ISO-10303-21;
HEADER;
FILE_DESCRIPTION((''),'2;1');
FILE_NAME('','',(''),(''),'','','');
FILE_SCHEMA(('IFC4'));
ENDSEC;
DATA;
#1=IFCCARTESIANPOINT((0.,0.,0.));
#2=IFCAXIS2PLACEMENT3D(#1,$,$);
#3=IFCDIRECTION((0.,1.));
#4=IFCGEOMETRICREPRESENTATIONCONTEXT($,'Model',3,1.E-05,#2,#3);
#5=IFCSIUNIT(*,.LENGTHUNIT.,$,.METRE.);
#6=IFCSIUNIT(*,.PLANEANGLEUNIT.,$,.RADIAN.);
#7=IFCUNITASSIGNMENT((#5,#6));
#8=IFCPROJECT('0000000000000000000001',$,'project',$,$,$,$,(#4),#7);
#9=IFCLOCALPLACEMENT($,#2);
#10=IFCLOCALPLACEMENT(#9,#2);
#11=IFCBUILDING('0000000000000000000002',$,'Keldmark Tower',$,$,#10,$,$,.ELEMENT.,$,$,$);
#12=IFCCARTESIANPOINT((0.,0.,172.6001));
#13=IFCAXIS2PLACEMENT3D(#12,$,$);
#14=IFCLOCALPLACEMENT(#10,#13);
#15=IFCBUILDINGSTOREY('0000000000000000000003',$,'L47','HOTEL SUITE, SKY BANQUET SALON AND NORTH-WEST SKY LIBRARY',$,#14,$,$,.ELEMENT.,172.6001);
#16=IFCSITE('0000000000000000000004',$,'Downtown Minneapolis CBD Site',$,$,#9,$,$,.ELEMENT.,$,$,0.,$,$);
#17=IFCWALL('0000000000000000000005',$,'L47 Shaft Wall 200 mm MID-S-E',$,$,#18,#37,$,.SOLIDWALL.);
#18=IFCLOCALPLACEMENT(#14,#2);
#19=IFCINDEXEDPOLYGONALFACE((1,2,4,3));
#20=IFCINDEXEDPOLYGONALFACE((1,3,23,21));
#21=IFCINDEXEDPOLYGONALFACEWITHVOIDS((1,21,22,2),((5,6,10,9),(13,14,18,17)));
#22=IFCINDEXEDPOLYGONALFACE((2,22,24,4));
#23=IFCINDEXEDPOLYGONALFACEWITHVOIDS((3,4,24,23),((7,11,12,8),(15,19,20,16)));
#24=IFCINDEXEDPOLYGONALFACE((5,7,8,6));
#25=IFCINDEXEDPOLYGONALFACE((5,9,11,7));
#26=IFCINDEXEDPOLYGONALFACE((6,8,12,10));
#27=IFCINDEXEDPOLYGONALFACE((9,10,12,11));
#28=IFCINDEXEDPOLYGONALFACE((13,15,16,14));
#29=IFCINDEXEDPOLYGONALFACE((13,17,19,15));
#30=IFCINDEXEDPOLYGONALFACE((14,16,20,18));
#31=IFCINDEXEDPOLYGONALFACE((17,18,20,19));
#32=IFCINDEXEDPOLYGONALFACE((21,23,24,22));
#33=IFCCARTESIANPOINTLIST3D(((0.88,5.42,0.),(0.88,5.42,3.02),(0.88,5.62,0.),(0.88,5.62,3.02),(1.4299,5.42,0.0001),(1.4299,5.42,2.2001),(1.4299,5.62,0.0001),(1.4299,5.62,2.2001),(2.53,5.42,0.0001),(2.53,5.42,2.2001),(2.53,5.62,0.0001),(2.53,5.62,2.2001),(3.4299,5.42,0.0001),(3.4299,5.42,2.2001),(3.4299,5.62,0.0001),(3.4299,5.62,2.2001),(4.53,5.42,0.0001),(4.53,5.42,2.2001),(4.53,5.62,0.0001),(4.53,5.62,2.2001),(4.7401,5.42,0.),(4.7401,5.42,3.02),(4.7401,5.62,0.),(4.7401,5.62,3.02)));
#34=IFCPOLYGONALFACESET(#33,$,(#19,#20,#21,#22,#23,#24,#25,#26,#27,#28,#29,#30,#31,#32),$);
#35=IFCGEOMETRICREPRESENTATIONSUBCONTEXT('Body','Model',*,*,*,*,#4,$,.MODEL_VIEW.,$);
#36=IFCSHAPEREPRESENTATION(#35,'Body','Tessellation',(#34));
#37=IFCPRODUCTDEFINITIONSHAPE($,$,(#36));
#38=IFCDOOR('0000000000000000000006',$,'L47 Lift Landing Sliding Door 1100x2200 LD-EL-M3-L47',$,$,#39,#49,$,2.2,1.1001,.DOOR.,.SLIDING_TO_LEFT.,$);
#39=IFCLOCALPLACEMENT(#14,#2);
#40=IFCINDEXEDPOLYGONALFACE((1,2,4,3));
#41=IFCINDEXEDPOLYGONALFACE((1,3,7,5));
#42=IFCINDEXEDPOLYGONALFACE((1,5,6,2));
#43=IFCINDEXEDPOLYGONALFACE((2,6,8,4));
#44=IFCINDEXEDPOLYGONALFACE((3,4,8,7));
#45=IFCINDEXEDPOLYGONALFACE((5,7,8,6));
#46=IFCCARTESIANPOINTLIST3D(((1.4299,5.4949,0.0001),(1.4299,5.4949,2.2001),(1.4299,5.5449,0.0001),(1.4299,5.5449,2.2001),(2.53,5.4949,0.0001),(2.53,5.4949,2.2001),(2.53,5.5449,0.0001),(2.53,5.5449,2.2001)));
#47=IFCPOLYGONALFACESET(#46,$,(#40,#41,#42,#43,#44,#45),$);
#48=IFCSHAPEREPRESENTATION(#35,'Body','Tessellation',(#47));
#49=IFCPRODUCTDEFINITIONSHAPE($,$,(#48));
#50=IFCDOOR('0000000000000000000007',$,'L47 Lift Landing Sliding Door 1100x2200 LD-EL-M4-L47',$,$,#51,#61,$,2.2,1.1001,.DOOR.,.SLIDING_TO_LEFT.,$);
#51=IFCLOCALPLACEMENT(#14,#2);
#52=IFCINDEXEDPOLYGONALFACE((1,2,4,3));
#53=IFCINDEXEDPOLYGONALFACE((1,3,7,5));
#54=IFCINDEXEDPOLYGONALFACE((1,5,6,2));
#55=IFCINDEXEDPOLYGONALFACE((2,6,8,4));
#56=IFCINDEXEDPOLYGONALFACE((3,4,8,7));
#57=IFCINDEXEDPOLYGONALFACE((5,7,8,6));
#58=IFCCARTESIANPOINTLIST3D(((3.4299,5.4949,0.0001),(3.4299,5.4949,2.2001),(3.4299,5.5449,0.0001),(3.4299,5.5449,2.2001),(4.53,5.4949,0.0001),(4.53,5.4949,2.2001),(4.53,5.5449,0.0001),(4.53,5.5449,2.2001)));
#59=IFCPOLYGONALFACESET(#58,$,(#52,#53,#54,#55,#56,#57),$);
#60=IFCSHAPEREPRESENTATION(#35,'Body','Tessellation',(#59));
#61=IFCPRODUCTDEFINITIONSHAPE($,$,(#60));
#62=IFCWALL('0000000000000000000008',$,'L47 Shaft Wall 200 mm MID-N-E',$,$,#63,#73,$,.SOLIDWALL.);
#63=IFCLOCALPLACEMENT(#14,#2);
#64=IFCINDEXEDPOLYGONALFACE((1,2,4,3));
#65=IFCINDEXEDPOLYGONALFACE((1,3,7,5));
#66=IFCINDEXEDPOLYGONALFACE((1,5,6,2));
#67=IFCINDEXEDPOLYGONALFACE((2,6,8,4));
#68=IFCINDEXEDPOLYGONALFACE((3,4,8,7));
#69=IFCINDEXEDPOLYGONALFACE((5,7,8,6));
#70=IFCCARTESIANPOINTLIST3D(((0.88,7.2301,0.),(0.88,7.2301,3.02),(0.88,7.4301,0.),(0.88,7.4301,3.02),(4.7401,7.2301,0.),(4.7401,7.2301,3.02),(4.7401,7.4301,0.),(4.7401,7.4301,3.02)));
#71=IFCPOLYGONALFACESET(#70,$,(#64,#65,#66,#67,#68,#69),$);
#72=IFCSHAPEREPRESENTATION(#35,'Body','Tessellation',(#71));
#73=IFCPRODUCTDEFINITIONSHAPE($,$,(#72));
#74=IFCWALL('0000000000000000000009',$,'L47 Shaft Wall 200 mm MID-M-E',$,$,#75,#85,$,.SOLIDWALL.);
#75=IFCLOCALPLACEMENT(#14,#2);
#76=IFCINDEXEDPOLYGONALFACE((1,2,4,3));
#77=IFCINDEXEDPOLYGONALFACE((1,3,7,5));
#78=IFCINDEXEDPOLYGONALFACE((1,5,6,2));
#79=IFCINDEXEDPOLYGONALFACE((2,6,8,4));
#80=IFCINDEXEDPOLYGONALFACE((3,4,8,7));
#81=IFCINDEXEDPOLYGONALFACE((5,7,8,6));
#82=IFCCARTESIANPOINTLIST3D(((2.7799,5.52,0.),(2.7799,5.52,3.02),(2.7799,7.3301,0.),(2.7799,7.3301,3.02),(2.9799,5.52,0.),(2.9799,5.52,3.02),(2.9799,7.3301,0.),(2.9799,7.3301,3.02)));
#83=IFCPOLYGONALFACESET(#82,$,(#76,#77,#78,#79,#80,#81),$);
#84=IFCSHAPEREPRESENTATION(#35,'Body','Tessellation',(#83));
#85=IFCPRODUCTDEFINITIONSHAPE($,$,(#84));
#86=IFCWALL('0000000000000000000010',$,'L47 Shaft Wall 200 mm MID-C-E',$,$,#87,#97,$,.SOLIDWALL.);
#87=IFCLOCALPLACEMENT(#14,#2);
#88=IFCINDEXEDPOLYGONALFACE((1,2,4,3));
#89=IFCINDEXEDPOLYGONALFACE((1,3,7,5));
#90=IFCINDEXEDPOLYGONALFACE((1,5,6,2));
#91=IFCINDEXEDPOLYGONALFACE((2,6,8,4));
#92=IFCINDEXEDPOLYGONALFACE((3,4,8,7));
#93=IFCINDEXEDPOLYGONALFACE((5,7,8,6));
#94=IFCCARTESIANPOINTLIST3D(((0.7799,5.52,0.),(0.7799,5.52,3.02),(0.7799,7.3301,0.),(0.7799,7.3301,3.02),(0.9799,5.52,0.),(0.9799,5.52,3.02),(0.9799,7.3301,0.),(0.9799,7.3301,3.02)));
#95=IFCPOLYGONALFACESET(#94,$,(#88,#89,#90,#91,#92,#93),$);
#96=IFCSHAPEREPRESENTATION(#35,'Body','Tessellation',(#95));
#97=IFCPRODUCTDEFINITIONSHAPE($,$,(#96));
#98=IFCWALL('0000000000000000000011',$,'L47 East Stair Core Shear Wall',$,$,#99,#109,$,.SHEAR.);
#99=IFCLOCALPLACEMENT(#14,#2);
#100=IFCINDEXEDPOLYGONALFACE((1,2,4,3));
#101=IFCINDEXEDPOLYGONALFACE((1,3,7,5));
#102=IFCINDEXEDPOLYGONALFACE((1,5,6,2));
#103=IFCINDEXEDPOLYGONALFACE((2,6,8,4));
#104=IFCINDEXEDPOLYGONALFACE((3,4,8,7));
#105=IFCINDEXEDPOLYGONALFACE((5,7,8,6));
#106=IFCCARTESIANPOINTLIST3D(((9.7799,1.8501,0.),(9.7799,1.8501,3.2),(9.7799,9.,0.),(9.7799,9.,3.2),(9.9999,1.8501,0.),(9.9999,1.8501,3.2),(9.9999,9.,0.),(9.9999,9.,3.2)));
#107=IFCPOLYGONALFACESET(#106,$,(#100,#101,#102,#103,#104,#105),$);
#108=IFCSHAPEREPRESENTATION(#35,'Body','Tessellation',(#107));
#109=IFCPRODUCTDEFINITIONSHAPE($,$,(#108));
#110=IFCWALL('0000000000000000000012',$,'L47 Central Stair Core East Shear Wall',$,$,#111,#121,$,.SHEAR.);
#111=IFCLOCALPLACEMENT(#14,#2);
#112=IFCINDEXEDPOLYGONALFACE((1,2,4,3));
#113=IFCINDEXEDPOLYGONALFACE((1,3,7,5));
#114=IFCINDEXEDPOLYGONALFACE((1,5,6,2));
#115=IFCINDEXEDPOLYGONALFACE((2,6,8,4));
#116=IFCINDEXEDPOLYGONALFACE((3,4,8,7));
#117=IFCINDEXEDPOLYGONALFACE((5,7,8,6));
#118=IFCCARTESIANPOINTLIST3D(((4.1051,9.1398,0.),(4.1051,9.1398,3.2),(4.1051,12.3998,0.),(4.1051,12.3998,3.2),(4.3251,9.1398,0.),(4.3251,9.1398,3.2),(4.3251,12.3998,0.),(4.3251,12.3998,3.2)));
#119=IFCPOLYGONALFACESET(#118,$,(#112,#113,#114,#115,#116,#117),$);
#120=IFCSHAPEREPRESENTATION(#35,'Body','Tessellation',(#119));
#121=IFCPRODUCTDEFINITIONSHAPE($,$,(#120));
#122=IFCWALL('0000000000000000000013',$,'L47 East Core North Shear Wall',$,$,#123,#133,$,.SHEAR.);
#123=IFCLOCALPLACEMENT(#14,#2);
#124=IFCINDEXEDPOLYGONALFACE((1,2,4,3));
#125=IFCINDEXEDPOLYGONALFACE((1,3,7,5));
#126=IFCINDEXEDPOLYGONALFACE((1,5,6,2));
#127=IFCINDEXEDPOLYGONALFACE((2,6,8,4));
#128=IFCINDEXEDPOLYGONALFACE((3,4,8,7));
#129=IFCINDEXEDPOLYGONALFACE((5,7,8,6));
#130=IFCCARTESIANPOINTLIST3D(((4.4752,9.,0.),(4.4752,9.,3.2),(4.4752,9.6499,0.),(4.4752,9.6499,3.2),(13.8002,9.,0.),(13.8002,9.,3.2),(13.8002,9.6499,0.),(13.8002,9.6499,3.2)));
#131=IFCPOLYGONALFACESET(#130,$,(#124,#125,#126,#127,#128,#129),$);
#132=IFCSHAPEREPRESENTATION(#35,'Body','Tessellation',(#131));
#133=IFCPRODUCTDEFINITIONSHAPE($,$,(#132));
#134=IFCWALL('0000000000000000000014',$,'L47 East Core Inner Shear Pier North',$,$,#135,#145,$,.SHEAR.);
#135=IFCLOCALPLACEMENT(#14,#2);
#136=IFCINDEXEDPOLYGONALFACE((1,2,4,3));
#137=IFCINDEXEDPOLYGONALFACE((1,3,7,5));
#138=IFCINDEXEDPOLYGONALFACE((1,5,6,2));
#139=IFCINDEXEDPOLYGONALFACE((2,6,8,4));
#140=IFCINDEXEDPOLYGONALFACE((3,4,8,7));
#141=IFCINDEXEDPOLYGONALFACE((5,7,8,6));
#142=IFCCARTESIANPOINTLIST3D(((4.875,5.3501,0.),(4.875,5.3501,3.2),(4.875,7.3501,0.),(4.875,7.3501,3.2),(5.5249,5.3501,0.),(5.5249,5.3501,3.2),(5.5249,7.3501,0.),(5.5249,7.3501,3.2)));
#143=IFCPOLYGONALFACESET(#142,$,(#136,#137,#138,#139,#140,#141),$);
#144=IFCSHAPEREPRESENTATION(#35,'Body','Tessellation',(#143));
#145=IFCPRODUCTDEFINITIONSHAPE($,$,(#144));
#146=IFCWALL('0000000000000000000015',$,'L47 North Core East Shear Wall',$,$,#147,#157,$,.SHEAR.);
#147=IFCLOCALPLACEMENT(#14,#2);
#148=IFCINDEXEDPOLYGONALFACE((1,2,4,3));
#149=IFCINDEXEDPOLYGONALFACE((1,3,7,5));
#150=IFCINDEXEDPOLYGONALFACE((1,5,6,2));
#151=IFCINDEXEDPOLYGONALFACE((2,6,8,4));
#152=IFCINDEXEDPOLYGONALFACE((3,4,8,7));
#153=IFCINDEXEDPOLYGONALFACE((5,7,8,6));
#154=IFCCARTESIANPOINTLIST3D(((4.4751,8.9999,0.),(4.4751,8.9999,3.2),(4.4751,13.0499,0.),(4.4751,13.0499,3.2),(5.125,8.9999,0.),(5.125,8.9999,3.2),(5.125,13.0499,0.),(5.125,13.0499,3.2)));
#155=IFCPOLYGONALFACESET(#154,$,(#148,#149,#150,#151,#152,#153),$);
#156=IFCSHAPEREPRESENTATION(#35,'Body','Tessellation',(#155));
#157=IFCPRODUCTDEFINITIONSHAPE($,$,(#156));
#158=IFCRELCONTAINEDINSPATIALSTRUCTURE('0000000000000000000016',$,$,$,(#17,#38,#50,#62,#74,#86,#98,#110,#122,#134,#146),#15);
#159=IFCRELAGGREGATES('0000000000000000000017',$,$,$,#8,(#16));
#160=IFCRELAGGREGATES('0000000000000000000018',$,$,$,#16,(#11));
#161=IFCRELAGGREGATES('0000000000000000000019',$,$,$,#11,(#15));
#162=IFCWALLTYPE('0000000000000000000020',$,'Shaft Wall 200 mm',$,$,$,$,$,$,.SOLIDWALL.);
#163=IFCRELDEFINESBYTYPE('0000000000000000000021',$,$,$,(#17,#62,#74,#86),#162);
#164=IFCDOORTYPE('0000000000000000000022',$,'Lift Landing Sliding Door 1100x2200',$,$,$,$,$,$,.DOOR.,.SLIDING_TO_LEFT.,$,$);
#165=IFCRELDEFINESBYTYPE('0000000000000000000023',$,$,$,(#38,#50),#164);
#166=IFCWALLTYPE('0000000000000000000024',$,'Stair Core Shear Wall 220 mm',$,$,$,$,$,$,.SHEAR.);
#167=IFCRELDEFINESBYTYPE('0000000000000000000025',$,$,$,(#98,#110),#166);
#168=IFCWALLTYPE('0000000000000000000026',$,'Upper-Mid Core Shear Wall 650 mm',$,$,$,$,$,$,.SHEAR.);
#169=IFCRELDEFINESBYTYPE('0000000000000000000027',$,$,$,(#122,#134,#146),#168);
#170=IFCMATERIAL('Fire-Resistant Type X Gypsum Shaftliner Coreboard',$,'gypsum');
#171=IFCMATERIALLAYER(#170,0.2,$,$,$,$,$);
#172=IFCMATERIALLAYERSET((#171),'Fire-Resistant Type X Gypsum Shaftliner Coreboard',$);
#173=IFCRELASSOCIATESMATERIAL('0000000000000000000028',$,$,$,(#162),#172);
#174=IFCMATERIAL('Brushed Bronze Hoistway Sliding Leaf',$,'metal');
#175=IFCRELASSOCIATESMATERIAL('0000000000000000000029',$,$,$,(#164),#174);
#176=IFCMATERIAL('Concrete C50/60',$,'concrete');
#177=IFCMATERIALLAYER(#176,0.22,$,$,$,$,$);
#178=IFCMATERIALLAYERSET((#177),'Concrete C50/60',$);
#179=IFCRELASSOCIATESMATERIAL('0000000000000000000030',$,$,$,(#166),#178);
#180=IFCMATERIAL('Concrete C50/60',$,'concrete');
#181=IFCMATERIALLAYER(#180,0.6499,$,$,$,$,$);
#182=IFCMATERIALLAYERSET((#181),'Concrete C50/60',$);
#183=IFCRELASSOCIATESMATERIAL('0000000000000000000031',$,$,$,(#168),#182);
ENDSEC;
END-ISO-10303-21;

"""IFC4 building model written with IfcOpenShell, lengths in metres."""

from ifc_helpers import new_model, si_unit, direction, frame, frame_2d, origin, place, context, subcontext, project, spatial, rectangle, extrude, material, layer, layer_set, type_object, element, fill, save


model = new_model("IFC4")

# Units and contexts
model_context = context("Model", 3, precision=1e-05, world=origin(), true_north=direction((0.0, 1.0)))
body_context = subcontext(model_context, "Body", "Model", "MODEL_VIEW")
ifc_project = project(units=[si_unit("LENGTHUNIT", "METRE"), si_unit("PLANEANGLEUNIT", "RADIAN")], contexts=[model_context])

# Site, building, storey
site_placement = place(None, origin())
site = spatial("IfcSite", under=ifc_project, at=site_placement, Name="Downtown Minneapolis CBD Site", CompositionType="ELEMENT", RefElevation=0.0)
building_placement = place(site_placement, origin())
building = spatial("IfcBuilding", under=site, at=building_placement, Name="Keldmark Tower", CompositionType="ELEMENT")
storey_placement = place(building_placement, frame((0.0, 0.0, 172.6001)))
storey = spatial("IfcBuildingStorey", under=building, at=storey_placement, Name="L47", Description="HOTEL SUITE, SKY BANQUET SALON AND NORTH-WEST SKY LIBRARY", CompositionType="ELEMENT", Elevation=172.6001)

# Shared definitions
ifc_material_1 = material(Name="Fire-Resistant Type X Gypsum Shaftliner Coreboard", Category="gypsum")
ifc_layer_1 = layer(ifc_material_1, 0.2)
ifc_layer_set_1 = layer_set([ifc_layer_1], Name="Fire-Resistant Type X Gypsum Shaftliner Coreboard")
wall_type_1 = type_object("IfcWallType", Name="Shaft Wall 200 mm", PredefinedType="SOLIDWALL", material=ifc_layer_set_1)

# Wall, openings, doors
wall_1_placement = place(storey_placement, frame((0.8799, 5.52, 0.0), z_axis=(0.0, 0.0, 1.0), x_axis=(1.0, 0.0, 0.0)))
wall_1 = element("IfcWall", 1, at=wall_1_placement, inside=storey, type_object=wall_type_1, Name="L47 Shaft Wall 200 mm MID-S-E", PredefinedType="SOLIDWALL", context=body_context, shape_type="SweptSolid", body=[
    extrude(rectangle(XDim=3.8601, YDim=0.2, at=frame_2d((1.9302, 0.0))), origin(), (0.0, 0.0, 1.0), 3.02),
])
opening_1_placement = place(wall_1_placement, frame((0.55, 0.0, 0.0)))
opening_1 = element("IfcOpeningElement", 2, at=opening_1_placement, cuts=wall_1, PredefinedType="OPENING", context=body_context, shape_type="SweptSolid", body=[
    extrude(rectangle(XDim=1.1001, YDim=2.2, at=frame_2d((0.55, 1.1001))), frame((0.0, 0.1099, 0.0), z_axis=(0.0, -1.0, 0.0), x_axis=(1.0, 0.0, 0.0)), (0.0, 0.0, 1.0), 0.22),
])
opening_2_placement = place(wall_1_placement, frame((2.55, 0.0, 0.0)))
opening_2 = element("IfcOpeningElement", 3, at=opening_2_placement, cuts=wall_1, PredefinedType="OPENING", context=body_context, shape_type="SweptSolid", body=[
    extrude(rectangle(XDim=1.1001, YDim=2.2, at=frame_2d((0.55, 1.1001))), frame((0.0, 0.1099, 0.0), z_axis=(0.0, -1.0, 0.0), x_axis=(1.0, 0.0, 0.0)), (0.0, 0.0, 1.0), 0.22),
])
ifc_material_2 = material(Name="Brushed Bronze Hoistway Sliding Leaf", Category="metal")
door_type_1 = type_object("IfcDoorType", Name="Lift Landing Sliding Door 1100x2200", OperationType="SLIDING_TO_LEFT", PredefinedType="DOOR", material=ifc_material_2)
door_1_placement = place(opening_1_placement, origin())
door_1 = element("IfcDoor", 4, at=door_1_placement, inside=storey, type_object=door_type_1, Name="L47 Lift Landing Sliding Door 1100x2200 LD-EL-M3-L47", OperationType="SLIDING_TO_LEFT", OverallHeight=2.2, OverallWidth=1.1001, PredefinedType="DOOR", context=body_context, shape_type="SweptSolid", body=[
    extrude(rectangle(XDim=1.1001, YDim=2.2, at=frame_2d((0.55, 1.1001))), frame((0.0, 0.0249, 0.0), z_axis=(0.0, -1.0, 0.0), x_axis=(1.0, 0.0, 0.0)), (0.0, 0.0, 1.0), 0.05),
])
fill(opening_1, door_1)
door_2_placement = place(opening_2_placement, origin())
door_2 = element("IfcDoor", 5, at=door_2_placement, inside=storey, type_object=door_type_1, Name="L47 Lift Landing Sliding Door 1100x2200 LD-EL-M4-L47", OperationType="SLIDING_TO_LEFT", OverallHeight=2.2, OverallWidth=1.1001, PredefinedType="DOOR", context=body_context, shape_type="SweptSolid", body=[
    extrude(rectangle(XDim=1.1001, YDim=2.2, at=frame_2d((0.55, 1.1001))), frame((0.0, 0.0249, 0.0), z_axis=(0.0, -1.0, 0.0), x_axis=(1.0, 0.0, 0.0)), (0.0, 0.0, 1.0), 0.05),
])
fill(opening_2, door_2)

# Walls
wall_2_placement = place(storey_placement, frame((0.8799, 7.3301, 0.0), z_axis=(0.0, 0.0, 1.0), x_axis=(1.0, 0.0, 0.0)))
element("IfcWall", 6, at=wall_2_placement, inside=storey, type_object=wall_type_1, Name="L47 Shaft Wall 200 mm MID-N-E", PredefinedType="SOLIDWALL", context=body_context, shape_type="SweptSolid", body=[
    extrude(rectangle(XDim=3.8601, YDim=0.2, at=frame_2d((1.9302, 0.0))), origin(), (0.0, 0.0, 1.0), 3.02),
])
for number, where, z_axis, x_axis, name in (
    (7, (2.8799, 5.52, 0.0), (0.0, 0.0, 1.0), (0.0, 1.0, 0.0), "L47 Shaft Wall 200 mm MID-M-E"),
    (8, (0.8799, 5.52, 0.0), (0.0, 0.0, 1.0), (0.0, 1.0, 0.0), "L47 Shaft Wall 200 mm MID-C-E"),
):
    element("IfcWall", number, at=place(storey_placement, frame(where, z_axis=z_axis, x_axis=x_axis)), inside=storey, type_object=wall_type_1, Name=name, PredefinedType="SOLIDWALL", context=body_context, shape_type="SweptSolid", body=[
        extrude(rectangle(XDim=1.8101, YDim=0.2, at=frame_2d((0.905, 0.0))), origin(), (0.0, 0.0, 1.0), 3.02),
    ])
ifc_material_3 = material(Name="Concrete C50/60", Category="concrete")
ifc_layer_2 = layer(ifc_material_3, 0.22)
ifc_layer_set_2 = layer_set([ifc_layer_2], Name="Concrete C50/60")
wall_type_2 = type_object("IfcWallType", Name="Stair Core Shear Wall 220 mm", PredefinedType="SHEAR", material=ifc_layer_set_2)
wall_3_placement = place(storey_placement, frame((9.8899, 1.8501, 0.0), z_axis=(0.0, 0.0, 1.0), x_axis=(0.0, 1.0, 0.0)))
element("IfcWall", 9, at=wall_3_placement, inside=storey, type_object=wall_type_2, Name="L47 East Stair Core Shear Wall", PredefinedType="SHEAR", context=body_context, shape_type="SweptSolid", body=[
    extrude(rectangle(XDim=7.1499, YDim=0.22, at=frame_2d((3.575, 0.0))), origin(), (0.0, 0.0, 1.0), 3.2),
])
wall_4_placement = place(storey_placement, frame((4.2151, 9.1399, 0.0), z_axis=(0.0, 0.0, 1.0), x_axis=(0.0, 1.0, 0.0)))
element("IfcWall", 10, at=wall_4_placement, inside=storey, type_object=wall_type_2, Name="L47 Central Stair Core East Shear Wall", PredefinedType="SHEAR", context=body_context, shape_type="SweptSolid", body=[
    extrude(rectangle(XDim=3.26, YDim=0.22, at=frame_2d((1.6299, 0.0))), origin(), (0.0, 0.0, 1.0), 3.2),
])
ifc_material_4 = material(Name="Concrete C50/60", Category="concrete")
ifc_layer_3 = layer(ifc_material_4, 0.6499)
ifc_layer_set_3 = layer_set([ifc_layer_3], Name="Concrete C50/60")
wall_type_3 = type_object("IfcWallType", Name="Upper-Mid Core Shear Wall 650 mm", PredefinedType="SHEAR", material=ifc_layer_set_3)
wall_5_placement = place(storey_placement, frame((4.4751, 9.325, 0.0), z_axis=(0.0, 0.0, 1.0), x_axis=(1.0, 0.0, 0.0)))
element("IfcWall", 11, at=wall_5_placement, inside=storey, type_object=wall_type_3, Name="L47 East Core North Shear Wall", PredefinedType="SHEAR", context=body_context, shape_type="SweptSolid", body=[
    extrude(rectangle(XDim=9.325, YDim=0.6499, at=frame_2d((4.6626, 0.0))), origin(), (0.0, 0.0, 1.0), 3.2),
])
wall_6_placement = place(storey_placement, frame((5.2, 5.3501, 0.0), z_axis=(0.0, 0.0, 1.0), x_axis=(0.0, 1.0, 0.0)))
element("IfcWall", 12, at=wall_6_placement, inside=storey, type_object=wall_type_3, Name="L47 East Core Inner Shear Pier North", PredefinedType="SHEAR", context=body_context, shape_type="SweptSolid", body=[
    extrude(rectangle(XDim=2.0, YDim=0.6499, at=frame_2d((1.0, 0.0))), origin(), (0.0, 0.0, 1.0), 3.2),
])
wall_7_placement = place(storey_placement, frame((4.8, 9.0, 0.0), z_axis=(0.0, 0.0, 1.0), x_axis=(0.0, 1.0, 0.0)))
element("IfcWall", 13, at=wall_7_placement, inside=storey, type_object=wall_type_3, Name="L47 North Core East Shear Wall", PredefinedType="SHEAR", context=body_context, shape_type="SweptSolid", body=[
    extrude(rectangle(XDim=4.05, YDim=0.6499, at=frame_2d((2.0249, 0.0))), origin(), (0.0, 0.0, 1.0), 3.2),
])

save(model, "model.ifc")
